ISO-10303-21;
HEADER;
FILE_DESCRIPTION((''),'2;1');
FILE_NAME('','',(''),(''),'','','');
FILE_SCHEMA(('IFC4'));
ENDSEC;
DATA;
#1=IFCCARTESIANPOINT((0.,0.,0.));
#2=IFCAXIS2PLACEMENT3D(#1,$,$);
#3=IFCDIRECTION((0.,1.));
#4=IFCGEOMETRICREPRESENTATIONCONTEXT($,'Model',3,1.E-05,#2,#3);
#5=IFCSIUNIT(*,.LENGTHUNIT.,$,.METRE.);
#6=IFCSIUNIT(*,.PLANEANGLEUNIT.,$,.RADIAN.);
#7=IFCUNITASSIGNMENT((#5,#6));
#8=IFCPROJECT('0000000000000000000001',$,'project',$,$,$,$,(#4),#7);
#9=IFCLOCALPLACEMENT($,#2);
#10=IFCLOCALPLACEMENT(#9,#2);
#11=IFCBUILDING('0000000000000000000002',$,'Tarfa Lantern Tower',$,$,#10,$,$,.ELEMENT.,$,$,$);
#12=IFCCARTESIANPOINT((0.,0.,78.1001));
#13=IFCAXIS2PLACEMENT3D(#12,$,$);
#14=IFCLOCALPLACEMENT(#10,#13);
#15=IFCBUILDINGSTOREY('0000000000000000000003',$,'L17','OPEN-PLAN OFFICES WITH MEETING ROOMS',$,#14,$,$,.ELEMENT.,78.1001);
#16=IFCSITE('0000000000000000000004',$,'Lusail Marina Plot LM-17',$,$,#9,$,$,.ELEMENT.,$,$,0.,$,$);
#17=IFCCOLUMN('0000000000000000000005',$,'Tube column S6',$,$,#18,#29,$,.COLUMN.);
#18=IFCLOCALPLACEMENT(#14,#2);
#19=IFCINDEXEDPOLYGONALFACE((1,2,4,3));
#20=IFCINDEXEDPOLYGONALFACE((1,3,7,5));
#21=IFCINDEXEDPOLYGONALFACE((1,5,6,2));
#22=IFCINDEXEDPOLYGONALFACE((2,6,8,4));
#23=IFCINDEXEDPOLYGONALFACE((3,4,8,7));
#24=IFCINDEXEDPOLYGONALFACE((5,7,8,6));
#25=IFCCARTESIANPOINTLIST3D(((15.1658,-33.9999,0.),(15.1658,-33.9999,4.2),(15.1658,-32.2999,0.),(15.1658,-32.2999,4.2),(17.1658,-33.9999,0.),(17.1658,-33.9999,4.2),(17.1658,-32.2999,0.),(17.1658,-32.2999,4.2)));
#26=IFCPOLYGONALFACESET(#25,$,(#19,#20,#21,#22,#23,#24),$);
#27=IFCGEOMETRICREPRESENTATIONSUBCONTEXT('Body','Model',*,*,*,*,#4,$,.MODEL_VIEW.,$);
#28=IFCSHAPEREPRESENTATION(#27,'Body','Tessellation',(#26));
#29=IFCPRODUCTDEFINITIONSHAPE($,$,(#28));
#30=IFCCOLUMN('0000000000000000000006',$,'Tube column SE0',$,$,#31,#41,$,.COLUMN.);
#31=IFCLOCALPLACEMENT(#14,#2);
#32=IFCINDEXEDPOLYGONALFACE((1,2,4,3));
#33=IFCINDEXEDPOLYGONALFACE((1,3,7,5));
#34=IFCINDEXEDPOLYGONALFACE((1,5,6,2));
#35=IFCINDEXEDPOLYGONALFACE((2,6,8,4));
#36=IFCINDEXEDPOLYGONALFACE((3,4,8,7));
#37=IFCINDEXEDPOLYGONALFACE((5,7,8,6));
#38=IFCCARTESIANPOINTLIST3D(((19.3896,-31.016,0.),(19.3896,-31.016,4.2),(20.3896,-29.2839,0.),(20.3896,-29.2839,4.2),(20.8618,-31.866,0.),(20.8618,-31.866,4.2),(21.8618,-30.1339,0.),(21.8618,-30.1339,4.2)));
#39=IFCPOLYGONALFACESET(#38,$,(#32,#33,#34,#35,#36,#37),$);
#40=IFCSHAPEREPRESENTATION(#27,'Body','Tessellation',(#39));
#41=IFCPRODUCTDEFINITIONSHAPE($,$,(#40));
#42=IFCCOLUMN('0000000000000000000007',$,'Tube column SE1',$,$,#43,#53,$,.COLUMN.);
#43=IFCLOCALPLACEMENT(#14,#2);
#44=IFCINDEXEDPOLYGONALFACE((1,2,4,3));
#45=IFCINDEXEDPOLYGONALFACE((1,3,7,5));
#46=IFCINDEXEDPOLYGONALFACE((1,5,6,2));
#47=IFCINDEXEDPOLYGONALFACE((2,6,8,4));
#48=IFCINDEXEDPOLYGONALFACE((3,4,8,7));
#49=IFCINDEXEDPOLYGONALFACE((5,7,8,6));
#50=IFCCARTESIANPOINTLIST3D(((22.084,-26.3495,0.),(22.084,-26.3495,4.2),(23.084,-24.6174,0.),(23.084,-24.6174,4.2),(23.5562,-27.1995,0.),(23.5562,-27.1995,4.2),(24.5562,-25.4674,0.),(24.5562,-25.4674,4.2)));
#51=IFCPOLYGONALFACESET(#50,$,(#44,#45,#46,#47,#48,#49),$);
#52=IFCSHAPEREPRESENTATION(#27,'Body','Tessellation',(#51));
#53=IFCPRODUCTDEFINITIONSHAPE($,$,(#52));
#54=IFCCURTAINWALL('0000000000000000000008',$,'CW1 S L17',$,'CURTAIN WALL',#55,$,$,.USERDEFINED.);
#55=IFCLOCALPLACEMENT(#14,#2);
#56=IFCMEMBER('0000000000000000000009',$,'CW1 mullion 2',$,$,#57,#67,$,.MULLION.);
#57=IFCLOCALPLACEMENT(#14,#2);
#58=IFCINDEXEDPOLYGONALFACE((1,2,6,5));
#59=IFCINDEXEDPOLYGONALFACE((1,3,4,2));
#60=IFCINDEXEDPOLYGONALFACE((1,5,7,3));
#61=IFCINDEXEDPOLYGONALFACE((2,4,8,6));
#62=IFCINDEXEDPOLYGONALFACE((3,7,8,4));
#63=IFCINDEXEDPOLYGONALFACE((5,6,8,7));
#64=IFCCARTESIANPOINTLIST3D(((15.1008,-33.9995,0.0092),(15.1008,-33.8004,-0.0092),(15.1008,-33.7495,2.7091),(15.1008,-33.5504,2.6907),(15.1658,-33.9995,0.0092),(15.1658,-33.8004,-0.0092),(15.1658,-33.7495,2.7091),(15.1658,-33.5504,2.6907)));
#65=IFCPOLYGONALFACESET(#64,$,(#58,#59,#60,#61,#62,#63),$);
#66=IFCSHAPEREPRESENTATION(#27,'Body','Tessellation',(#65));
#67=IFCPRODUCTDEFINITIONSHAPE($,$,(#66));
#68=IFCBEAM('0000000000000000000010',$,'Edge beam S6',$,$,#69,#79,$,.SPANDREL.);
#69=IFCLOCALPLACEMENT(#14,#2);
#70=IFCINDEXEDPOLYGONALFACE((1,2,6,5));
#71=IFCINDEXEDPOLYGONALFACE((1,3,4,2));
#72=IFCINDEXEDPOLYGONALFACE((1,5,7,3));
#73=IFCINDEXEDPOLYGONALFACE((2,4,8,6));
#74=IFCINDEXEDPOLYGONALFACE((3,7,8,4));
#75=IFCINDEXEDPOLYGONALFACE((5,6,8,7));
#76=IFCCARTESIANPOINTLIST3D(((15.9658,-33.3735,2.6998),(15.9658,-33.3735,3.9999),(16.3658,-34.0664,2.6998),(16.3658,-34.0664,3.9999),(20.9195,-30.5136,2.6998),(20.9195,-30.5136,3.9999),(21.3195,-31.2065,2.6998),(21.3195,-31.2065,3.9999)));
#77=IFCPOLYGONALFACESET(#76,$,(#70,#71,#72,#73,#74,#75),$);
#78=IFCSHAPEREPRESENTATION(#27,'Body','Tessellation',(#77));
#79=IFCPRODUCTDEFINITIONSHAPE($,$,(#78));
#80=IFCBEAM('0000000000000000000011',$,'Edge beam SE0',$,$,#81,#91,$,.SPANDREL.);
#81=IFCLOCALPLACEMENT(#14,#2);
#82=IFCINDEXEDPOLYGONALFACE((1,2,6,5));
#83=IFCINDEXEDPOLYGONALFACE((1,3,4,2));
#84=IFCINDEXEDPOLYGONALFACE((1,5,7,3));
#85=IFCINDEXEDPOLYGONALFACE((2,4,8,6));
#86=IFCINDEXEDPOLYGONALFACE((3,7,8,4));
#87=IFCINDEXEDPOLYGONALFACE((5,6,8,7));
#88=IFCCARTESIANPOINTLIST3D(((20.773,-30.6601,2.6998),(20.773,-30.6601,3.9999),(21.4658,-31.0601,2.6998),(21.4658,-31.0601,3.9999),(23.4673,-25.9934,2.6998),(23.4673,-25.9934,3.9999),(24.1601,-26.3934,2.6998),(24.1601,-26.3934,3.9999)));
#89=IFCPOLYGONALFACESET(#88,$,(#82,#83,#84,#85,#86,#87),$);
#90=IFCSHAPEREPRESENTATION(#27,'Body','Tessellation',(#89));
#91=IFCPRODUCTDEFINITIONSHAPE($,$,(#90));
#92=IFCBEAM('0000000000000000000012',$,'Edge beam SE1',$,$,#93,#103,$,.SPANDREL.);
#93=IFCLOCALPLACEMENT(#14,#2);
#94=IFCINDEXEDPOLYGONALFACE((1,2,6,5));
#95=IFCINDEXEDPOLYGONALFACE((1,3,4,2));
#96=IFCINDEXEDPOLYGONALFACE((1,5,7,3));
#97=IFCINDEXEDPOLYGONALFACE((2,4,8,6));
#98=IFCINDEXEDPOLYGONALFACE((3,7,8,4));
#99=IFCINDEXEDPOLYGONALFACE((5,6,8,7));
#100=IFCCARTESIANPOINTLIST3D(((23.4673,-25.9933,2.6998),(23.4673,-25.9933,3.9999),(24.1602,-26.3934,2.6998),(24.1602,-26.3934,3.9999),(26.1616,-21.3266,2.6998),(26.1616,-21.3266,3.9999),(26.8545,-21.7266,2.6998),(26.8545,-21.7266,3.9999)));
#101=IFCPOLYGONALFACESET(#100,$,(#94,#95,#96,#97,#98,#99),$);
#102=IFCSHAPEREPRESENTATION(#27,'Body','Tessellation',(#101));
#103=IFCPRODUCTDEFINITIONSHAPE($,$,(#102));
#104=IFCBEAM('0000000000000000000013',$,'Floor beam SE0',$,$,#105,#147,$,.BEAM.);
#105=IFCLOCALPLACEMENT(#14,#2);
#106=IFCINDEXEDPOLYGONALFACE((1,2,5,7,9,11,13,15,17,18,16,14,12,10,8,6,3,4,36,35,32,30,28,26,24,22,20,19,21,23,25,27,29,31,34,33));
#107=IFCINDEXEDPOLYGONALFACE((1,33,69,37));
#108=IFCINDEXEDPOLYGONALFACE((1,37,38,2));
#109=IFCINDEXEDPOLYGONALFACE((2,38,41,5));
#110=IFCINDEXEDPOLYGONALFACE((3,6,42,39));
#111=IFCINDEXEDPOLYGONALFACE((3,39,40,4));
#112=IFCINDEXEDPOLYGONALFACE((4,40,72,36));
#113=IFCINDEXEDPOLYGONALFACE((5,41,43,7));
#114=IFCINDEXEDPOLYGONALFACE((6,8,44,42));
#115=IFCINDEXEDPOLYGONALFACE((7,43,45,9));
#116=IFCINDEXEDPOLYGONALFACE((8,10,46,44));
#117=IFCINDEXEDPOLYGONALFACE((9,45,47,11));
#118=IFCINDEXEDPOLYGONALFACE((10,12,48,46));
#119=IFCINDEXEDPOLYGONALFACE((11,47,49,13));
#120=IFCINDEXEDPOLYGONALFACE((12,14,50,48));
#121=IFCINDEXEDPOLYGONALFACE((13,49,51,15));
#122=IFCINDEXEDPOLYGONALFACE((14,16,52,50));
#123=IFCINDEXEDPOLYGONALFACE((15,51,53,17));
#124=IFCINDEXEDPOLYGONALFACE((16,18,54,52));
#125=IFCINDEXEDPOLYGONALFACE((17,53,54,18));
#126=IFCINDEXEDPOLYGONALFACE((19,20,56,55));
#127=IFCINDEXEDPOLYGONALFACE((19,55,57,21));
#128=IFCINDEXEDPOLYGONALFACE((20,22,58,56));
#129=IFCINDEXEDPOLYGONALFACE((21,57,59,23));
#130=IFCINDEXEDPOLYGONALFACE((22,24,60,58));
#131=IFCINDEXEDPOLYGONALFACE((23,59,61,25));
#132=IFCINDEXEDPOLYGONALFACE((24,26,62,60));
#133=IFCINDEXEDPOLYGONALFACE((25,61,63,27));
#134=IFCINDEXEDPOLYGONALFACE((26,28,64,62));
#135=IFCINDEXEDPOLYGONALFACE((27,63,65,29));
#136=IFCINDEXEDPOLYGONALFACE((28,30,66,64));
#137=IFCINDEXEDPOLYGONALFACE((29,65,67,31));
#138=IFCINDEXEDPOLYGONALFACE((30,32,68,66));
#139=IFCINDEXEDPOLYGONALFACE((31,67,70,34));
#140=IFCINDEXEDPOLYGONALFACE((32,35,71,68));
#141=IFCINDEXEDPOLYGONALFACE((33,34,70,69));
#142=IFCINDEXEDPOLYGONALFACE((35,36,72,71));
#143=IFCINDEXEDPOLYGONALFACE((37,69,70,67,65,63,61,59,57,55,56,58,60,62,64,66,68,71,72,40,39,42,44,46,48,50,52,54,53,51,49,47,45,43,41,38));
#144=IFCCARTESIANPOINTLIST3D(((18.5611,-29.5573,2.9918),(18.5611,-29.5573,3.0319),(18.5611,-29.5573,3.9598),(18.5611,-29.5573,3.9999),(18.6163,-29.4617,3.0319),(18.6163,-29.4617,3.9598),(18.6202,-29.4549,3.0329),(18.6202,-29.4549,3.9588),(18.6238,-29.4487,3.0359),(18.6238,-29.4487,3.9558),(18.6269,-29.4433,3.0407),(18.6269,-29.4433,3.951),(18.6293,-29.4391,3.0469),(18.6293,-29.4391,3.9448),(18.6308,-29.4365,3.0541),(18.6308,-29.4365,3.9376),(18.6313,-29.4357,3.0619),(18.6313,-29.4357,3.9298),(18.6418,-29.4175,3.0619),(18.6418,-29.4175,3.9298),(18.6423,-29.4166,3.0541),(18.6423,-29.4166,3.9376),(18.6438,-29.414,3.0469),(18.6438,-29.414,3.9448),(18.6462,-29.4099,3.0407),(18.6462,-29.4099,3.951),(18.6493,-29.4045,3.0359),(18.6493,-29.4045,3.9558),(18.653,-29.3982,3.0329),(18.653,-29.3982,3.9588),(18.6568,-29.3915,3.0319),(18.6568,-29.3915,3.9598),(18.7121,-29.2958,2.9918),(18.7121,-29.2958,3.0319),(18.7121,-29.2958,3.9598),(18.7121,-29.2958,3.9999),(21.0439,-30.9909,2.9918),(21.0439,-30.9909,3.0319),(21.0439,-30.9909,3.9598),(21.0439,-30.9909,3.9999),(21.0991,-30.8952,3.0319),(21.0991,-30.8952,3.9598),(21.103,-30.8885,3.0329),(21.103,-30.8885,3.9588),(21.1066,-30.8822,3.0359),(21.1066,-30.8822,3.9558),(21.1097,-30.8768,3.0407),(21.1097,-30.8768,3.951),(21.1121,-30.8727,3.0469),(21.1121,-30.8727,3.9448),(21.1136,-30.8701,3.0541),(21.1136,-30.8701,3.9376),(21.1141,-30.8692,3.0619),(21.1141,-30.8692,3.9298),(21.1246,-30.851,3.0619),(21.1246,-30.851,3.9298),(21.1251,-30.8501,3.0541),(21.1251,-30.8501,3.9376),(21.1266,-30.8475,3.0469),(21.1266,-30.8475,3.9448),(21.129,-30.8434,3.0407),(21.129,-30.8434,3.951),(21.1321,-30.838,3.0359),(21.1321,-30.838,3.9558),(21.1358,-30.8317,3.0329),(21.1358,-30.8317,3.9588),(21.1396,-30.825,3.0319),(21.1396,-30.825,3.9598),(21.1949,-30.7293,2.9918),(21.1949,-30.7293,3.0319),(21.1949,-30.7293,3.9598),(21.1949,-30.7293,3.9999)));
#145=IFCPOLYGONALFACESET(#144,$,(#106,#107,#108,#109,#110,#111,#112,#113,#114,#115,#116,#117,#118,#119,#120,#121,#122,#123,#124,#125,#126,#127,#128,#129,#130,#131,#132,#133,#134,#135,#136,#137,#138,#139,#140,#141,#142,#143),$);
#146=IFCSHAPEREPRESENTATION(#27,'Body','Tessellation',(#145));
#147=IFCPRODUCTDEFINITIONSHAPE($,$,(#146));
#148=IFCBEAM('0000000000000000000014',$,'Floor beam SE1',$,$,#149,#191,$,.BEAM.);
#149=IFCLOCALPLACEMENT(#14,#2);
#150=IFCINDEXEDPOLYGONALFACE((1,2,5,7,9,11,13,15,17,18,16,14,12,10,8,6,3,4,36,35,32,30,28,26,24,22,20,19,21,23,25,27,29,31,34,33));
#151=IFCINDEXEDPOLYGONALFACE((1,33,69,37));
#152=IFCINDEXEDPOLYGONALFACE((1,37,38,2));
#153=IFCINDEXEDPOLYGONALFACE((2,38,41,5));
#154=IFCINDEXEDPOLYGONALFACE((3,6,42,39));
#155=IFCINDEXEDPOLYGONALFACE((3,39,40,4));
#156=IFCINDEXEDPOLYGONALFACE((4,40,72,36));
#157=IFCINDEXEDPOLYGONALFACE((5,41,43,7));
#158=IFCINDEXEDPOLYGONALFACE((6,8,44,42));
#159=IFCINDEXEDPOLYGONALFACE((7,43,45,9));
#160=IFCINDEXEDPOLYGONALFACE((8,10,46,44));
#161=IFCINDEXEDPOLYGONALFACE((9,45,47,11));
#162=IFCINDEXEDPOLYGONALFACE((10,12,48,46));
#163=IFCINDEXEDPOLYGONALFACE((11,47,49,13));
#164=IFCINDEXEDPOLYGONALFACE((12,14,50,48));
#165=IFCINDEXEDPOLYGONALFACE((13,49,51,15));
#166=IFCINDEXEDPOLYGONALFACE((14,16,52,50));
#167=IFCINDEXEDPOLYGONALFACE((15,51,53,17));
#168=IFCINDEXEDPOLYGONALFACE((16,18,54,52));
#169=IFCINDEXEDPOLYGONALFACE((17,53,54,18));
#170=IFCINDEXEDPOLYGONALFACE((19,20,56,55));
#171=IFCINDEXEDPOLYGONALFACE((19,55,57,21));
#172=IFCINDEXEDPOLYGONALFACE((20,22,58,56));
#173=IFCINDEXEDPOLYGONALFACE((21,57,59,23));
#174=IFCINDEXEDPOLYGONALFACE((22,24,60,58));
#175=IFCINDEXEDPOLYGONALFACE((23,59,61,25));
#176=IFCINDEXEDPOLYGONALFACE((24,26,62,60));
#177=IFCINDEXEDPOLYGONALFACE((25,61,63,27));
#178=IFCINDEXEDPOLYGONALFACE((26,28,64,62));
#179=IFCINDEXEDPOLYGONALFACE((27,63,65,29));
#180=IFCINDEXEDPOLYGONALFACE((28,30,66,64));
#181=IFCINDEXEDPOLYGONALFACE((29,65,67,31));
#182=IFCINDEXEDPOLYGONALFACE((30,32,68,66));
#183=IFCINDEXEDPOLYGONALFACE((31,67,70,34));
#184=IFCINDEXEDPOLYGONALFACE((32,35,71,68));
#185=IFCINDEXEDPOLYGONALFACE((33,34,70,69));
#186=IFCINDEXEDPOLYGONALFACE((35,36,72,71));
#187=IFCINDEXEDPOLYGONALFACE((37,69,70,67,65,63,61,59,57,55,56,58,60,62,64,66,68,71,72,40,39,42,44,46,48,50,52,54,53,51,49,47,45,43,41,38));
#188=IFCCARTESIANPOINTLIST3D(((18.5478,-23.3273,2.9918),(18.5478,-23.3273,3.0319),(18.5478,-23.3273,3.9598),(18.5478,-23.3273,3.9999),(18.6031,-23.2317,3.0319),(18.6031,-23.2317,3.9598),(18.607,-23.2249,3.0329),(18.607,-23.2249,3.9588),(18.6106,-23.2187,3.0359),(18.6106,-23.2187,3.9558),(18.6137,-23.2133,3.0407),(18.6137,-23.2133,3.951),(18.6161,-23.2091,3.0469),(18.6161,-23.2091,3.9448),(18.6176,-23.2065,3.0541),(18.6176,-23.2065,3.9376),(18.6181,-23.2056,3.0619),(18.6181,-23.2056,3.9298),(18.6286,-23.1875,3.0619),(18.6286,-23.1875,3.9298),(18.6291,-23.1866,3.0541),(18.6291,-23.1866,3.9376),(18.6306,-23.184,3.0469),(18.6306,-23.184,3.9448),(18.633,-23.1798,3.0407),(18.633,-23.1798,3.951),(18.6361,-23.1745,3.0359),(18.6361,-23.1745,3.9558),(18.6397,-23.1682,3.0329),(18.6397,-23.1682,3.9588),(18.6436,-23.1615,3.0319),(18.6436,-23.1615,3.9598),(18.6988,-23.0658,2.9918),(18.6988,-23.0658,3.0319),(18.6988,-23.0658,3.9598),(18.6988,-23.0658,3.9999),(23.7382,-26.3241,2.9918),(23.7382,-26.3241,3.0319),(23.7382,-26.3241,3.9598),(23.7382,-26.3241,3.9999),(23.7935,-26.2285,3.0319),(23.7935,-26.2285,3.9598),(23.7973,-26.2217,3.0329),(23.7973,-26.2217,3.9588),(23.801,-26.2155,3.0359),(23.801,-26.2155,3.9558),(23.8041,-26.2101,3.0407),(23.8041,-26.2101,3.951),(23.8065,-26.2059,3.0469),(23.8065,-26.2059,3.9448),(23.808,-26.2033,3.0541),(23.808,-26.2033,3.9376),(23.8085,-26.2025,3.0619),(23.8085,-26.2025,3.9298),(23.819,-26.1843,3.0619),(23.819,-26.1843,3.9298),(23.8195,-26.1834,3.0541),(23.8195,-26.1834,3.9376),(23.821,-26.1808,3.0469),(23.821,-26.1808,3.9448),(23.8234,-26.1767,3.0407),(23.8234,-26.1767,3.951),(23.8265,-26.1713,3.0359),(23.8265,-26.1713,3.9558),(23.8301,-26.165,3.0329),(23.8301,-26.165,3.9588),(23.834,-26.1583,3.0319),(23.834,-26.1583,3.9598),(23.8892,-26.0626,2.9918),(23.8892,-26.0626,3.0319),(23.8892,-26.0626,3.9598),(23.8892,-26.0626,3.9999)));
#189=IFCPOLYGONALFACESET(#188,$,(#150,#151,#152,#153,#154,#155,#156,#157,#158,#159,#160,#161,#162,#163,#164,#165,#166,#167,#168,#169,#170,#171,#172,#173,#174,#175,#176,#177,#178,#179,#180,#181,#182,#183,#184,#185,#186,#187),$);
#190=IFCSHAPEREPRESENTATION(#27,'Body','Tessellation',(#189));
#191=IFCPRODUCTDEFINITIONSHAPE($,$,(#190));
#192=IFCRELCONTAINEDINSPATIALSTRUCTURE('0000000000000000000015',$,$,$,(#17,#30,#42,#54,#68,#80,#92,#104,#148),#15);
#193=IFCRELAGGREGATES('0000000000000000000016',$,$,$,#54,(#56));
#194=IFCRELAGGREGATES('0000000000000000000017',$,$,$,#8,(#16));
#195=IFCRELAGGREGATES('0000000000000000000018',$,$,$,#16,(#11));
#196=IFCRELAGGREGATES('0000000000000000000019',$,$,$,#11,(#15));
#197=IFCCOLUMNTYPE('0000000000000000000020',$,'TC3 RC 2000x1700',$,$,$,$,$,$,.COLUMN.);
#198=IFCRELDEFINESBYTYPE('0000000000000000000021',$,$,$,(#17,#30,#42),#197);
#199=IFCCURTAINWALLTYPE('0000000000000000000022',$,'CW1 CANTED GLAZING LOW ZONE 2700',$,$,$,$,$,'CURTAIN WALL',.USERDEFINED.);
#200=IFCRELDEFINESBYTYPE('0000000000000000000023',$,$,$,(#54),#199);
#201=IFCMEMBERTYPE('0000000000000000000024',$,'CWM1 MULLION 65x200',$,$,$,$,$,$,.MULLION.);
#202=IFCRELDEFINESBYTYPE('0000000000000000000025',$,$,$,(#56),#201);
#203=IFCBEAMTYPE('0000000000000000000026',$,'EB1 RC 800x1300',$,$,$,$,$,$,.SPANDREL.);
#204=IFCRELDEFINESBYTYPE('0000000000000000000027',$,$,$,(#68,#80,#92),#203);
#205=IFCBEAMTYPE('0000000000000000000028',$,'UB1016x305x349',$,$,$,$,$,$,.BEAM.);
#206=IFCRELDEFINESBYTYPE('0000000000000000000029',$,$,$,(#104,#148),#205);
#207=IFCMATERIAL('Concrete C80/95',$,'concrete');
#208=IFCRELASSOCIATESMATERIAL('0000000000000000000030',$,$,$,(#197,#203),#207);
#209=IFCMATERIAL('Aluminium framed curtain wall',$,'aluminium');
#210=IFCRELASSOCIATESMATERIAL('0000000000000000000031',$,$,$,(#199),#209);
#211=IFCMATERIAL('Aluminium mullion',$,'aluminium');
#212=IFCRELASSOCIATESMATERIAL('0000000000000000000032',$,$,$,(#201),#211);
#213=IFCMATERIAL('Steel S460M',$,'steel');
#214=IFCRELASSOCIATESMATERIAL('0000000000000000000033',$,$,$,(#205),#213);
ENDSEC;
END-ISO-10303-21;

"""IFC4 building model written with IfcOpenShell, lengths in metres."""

from ifc_helpers import new_model, si_unit, direction, frame, origin, origin_2d, place, context, subcontext, project, spatial, rectangle, i_section, extrude, material, material_profile, profile_set, type_object, element, aggregate, save


model = new_model("IFC4")

# Units and contexts
model_context = context("Model", 3, precision=1e-05, world=origin(), true_north=direction((0.0, 1.0)))
body_context = subcontext(model_context, "Body", "Model", "MODEL_VIEW")
ifc_project = project(units=[si_unit("LENGTHUNIT", "METRE"), si_unit("PLANEANGLEUNIT", "RADIAN")], contexts=[model_context])

# Site, building, storey
site_placement = place(None, origin())
site = spatial("IfcSite", under=ifc_project, at=site_placement, Name="Lusail Marina Plot LM-17", CompositionType="ELEMENT", RefElevation=0.0)
building_placement = place(site_placement, origin())
building = spatial("IfcBuilding", under=site, at=building_placement, Name="Tarfa Lantern Tower", CompositionType="ELEMENT")
storey_placement = place(building_placement, frame((0.0, 0.0, 78.1001)))
storey = spatial("IfcBuildingStorey", under=building, at=storey_placement, Name="L17", Description="OPEN-PLAN OFFICES WITH MEETING ROOMS", CompositionType="ELEMENT", Elevation=78.1001)

# Columns
ifc_material_1 = material(Name="Concrete C80/95", Category="concrete")
ifc_material_profile_1 = material_profile(ifc_material_1, rectangle(XDim=2.0, YDim=1.7, at=origin_2d()), Name="RC 2000x1700")
ifc_profile_set_1 = profile_set([ifc_material_profile_1], Name="Concrete C80/95")
column_type = type_object("IfcColumnType", Name="TC3 RC 2000x1700", PredefinedType="COLUMN", material=ifc_profile_set_1)
for number, where, z_axis, x_axis, name in (
    (1, (16.1658, -33.1499, 0.0), (0.0, 0.0, 1.0), (1.0, 0.0, 0.0), "Tube column S6"),
    (2, (20.6257, -30.575, 0.0), (0.0, 0.0, 1.0), (0.5, 0.866025, 0.0), "Tube column SE0"),
    (3, (23.3201, -25.9084, 0.0), (0.0, 0.0, 1.0), (0.5, 0.866025, 0.0), "Tube column SE1"),
):
    element("IfcColumn", number, at=place(storey_placement, frame(where, z_axis=z_axis, x_axis=x_axis)), inside=storey, type_object=column_type, Name=name, PredefinedType="COLUMN", context=body_context, shape_type="SweptSolid", body=[
        extrude(rectangle(XDim=2.0, YDim=1.7, at=origin_2d()), origin(), (0.0, 0.0, 1.0), 4.2),
    ])

# Curtain wall, member
ifc_material_2 = material(Name="Aluminium framed curtain wall", Category="aluminium")
curtain_wall_type = type_object("IfcCurtainWallType", Name="CW1 CANTED GLAZING LOW ZONE 2700", ElementType="CURTAIN WALL", PredefinedType="USERDEFINED", material=ifc_material_2)
curtain_wall_placement = place(storey_placement, origin())
curtain_wall = element("IfcCurtainWall", 4, at=curtain_wall_placement, inside=storey, type_object=curtain_wall_type, Name="CW1 S L17", ObjectType="CURTAIN WALL", PredefinedType="USERDEFINED")
ifc_material_3 = material(Name="Aluminium mullion", Category="aluminium")
ifc_material_profile_2 = material_profile(ifc_material_3, rectangle(XDim=0.0649, YDim=0.2, at=origin_2d()), Name="AL MULLION 65x200")
ifc_profile_set_2 = profile_set([ifc_material_profile_2], Name="Aluminium mullion")
member_type = type_object("IfcMemberType", Name="CWM1 MULLION 65x200", PredefinedType="MULLION", material=ifc_profile_set_2)
member_placement = place(storey_placement, frame((15.1333, -33.8999, 0.0), z_axis=(0.0, 0.0922, 0.995741), x_axis=(-1.0, 0.0, 0.0)))
member = element("IfcMember", 5, at=member_placement, type_object=member_type, Name="CW1 mullion 2", PredefinedType="MULLION", context=body_context, shape_type="SweptSolid", body=[
    extrude(rectangle(XDim=0.0649, YDim=0.2, at=origin_2d()), origin(), (0.0, 0.0, 1.0), 2.7114),
])
aggregate(curtain_wall, [member])

# Beams
ifc_material_profile_3 = material_profile(ifc_material_1, rectangle(XDim=0.8, YDim=1.3, at=origin_2d()), Name="RC 800x1300")
ifc_profile_set_3 = profile_set([ifc_material_profile_3], Name="Concrete C80/95")
beam_type_1 = type_object("IfcBeamType", Name="EB1 RC 800x1300", PredefinedType="SPANDREL", material=ifc_profile_set_3)
beam_1_placement = place(storey_placement, frame((16.1658, -33.72, 3.3499), z_axis=(0.866033, 0.499986, 0.0), x_axis=(-0.499986, 0.866033, 0.0)))
element("IfcBeam", 6, at=beam_1_placement, inside=storey, type_object=beam_type_1, Name="Edge beam S6", PredefinedType="SPANDREL", context=body_context, shape_type="SweptSolid", body=[
    extrude(rectangle(XDim=0.8, YDim=1.3, at=origin_2d()), origin(), (0.0, 0.0, 1.0), 5.72),
])
for number, where, z_axis, x_axis, name in (
    (7, (21.1194, -30.8601, 3.3499), (0.499998, 0.866026, 0.0), (-0.866026, 0.499998, 0.0), "Edge beam SE0"),
    (8, (23.8137, -26.1934, 3.3499), (0.499998, 0.866026, 0.0), (-0.866026, 0.499998, 0.0), "Edge beam SE1"),
):
    element("IfcBeam", number, at=place(storey_placement, frame(where, z_axis=z_axis, x_axis=x_axis)), inside=storey, type_object=beam_type_1, Name=name, PredefinedType="SPANDREL", context=body_context, shape_type="SweptSolid", body=[
        extrude(rectangle(XDim=0.8, YDim=1.3, at=origin_2d()), origin(), (0.0, 0.0, 1.0), 5.3887),
    ])
ifc_material_4 = material(Name="Steel S460M", Category="steel")
ifc_material_profile_4 = material_profile(ifc_material_4, i_section(OverallWidth=0.302, OverallDepth=1.0081, WebThickness=0.021, FlangeThickness=0.04, FilletRadius=0.03, at=origin_2d()), Name="UB1016x305x349")
ifc_profile_set_4 = profile_set([ifc_material_profile_4], Name="Steel S460M")
beam_type_2 = type_object("IfcBeamType", Name="UB1016x305x349", PredefinedType="BEAM", material=ifc_profile_set_4)
beam_2_placement = place(storey_placement, frame((21.1194, -30.8601, 3.4958), z_axis=(-0.866013, 0.500022, 0.0), x_axis=(-0.500022, -0.866013, 0.0)))
element("IfcBeam", 9, at=beam_2_placement, inside=storey, type_object=beam_type_2, Name="Floor beam SE0", PredefinedType="BEAM", context=body_context, shape_type="SweptSolid", body=[
    extrude(i_section(OverallWidth=0.302, OverallDepth=1.0081, WebThickness=0.021, FlangeThickness=0.04, FilletRadius=0.03, at=origin_2d()), origin(), (0.0, 0.0, 1.0), 2.8669),
])
beam_3_placement = place(storey_placement, frame((23.8137, -26.1934, 3.4958), z_axis=(-0.866016, 0.500016, 0.0), x_axis=(-0.500016, -0.866016, 0.0)))
element("IfcBeam", 10, at=beam_3_placement, inside=storey, type_object=beam_type_2, Name="Floor beam SE1", PredefinedType="BEAM", context=body_context, shape_type="SweptSolid", body=[
    extrude(i_section(OverallWidth=0.302, OverallDepth=1.0081, WebThickness=0.021, FlangeThickness=0.04, FilletRadius=0.03, at=origin_2d()), origin(), (0.0, 0.0, 1.0), 5.9934),
])

save(model, "model.ifc")
